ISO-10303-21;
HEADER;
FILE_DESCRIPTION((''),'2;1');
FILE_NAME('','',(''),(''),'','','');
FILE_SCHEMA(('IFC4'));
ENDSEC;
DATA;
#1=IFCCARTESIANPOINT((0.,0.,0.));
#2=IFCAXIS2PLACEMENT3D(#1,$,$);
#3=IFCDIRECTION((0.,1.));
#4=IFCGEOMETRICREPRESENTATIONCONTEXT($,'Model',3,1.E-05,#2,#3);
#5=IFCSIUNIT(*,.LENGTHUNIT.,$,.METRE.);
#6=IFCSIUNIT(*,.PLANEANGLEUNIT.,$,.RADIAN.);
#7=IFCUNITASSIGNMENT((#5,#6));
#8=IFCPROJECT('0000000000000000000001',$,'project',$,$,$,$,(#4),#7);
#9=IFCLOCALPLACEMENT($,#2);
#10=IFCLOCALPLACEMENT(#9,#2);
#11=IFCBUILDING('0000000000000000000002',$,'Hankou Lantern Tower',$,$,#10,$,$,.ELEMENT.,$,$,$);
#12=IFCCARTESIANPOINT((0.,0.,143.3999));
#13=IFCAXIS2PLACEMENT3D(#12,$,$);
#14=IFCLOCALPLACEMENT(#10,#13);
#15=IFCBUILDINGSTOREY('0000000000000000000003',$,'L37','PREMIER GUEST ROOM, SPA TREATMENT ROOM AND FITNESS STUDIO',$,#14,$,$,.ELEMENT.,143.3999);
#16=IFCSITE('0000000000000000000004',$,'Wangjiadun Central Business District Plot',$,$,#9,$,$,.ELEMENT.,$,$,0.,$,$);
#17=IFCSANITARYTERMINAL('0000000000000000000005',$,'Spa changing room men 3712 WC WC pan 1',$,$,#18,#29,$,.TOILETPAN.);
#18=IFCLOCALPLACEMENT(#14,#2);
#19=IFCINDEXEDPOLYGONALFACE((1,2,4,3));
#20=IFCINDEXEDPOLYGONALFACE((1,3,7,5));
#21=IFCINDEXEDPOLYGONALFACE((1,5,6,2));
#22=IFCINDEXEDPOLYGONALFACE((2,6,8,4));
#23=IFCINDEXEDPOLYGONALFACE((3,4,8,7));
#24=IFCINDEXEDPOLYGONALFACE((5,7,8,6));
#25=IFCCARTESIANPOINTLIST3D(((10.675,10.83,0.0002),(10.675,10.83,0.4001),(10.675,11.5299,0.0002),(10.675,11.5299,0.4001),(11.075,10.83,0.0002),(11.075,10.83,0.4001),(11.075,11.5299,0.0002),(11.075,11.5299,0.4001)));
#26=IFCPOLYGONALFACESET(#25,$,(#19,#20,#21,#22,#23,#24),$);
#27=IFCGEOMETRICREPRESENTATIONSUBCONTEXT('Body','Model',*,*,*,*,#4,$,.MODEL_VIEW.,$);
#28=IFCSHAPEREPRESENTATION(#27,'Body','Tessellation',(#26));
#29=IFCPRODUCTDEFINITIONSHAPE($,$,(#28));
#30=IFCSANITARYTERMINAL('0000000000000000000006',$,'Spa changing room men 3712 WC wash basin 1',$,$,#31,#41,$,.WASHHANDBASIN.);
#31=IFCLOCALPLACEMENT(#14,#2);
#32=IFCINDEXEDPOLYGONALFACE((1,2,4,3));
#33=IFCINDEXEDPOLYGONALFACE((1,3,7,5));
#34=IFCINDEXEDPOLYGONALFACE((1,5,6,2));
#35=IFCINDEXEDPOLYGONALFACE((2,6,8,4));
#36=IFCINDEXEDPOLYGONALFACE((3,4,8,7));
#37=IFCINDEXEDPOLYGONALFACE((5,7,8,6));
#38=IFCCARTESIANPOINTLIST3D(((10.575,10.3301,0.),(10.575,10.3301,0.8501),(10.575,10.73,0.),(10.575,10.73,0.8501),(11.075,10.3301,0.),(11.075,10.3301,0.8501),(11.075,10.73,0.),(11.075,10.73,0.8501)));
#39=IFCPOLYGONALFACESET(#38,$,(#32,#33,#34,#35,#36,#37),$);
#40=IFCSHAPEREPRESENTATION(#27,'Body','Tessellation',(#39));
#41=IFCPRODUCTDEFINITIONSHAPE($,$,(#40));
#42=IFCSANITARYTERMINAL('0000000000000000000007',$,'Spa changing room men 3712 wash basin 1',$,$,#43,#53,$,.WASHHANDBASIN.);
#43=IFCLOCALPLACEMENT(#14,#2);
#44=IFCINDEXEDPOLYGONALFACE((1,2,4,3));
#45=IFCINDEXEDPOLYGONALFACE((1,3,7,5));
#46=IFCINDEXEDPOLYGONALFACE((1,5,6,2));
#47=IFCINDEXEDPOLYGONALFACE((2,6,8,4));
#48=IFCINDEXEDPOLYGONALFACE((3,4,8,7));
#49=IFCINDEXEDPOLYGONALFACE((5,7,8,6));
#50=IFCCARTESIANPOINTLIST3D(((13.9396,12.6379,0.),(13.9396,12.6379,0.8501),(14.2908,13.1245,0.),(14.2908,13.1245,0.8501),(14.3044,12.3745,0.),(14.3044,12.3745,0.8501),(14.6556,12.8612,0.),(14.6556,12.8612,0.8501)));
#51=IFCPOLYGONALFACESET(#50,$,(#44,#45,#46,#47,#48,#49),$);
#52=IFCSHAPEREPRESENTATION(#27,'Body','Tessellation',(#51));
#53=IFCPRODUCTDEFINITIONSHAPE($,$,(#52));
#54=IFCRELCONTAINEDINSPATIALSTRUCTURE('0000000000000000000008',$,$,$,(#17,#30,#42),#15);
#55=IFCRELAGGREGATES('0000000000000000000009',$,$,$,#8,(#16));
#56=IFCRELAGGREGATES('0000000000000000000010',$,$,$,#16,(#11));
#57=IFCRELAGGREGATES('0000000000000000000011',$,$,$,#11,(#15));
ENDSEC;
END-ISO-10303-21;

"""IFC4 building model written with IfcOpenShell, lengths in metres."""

from ifc_helpers import new_model, si_unit, direction, frame, origin, origin_2d, place, context, subcontext, project, spatial, rectangle, extrude, element, save


model = new_model("IFC4")

# Units and contexts
model_context = context("Model", 3, precision=1e-05, world=origin(), true_north=direction((0.0, 1.0)))
body_context = subcontext(model_context, "Body", "Model", "MODEL_VIEW")
ifc_project = project(units=[si_unit("LENGTHUNIT", "METRE"), si_unit("PLANEANGLEUNIT", "RADIAN")], contexts=[model_context])

# Site, building, storey
site_placement = place(None, origin())
site = spatial("IfcSite", under=ifc_project, at=site_placement, Name="Wangjiadun Central Business District Plot", CompositionType="ELEMENT", RefElevation=0.0)
building_placement = place(site_placement, origin())
building = spatial("IfcBuilding", under=site, at=building_placement, Name="Hankou Lantern Tower", CompositionType="ELEMENT")
storey_placement = place(building_placement, frame((0.0, 0.0, 143.3999)))
storey = spatial("IfcBuildingStorey", under=building, at=storey_placement, Name="L37", Description="PREMIER GUEST ROOM, SPA TREATMENT ROOM AND FITNESS STUDIO", CompositionType="ELEMENT", Elevation=143.3999)

# Sanitary terminals
sanitary_terminal_1_placement = place(storey_placement, frame((10.875, 11.1799, 0.0002), z_axis=(0.0, 0.0, 1.0), x_axis=(0.0, -1.0, 0.0)))
element("IfcSanitaryTerminal", 1, at=sanitary_terminal_1_placement, inside=storey, Name="Spa changing room men 3712 WC WC pan 1", PredefinedType="TOILETPAN", context=body_context, shape_type="SweptSolid", body=[
    extrude(rectangle(XDim=0.7, YDim=0.3999, at=origin_2d()), origin(), (0.0, 0.0, 1.0), 0.3999),
])
sanitary_terminal_2_placement = place(storey_placement, frame((10.825, 10.53, 0.0), z_axis=(0.0, 0.0, 1.0), x_axis=(0.0, -1.0, 0.0)))
element("IfcSanitaryTerminal", 2, at=sanitary_terminal_2_placement, inside=storey, Name="Spa changing room men 3712 WC wash basin 1", PredefinedType="WASHHANDBASIN", context=body_context, shape_type="SweptSolid", body=[
    extrude(rectangle(XDim=0.3999, YDim=0.5, at=origin_2d()), origin(), (0.0, 0.0, 1.0), 0.8501),
])
sanitary_terminal_3_placement = place(storey_placement, frame((14.2976, 12.7495, 0.0), z_axis=(0.0, 0.0, 1.0), x_axis=(0.585205, 0.810885, 0.0)))
element("IfcSanitaryTerminal", 3, at=sanitary_terminal_3_placement, inside=storey, Name="Spa changing room men 3712 wash basin 1", PredefinedType="WASHHANDBASIN", context=body_context, shape_type="SweptSolid", body=[
    extrude(rectangle(XDim=0.6001, YDim=0.45, at=origin_2d()), origin(), (0.0, 0.0, 1.0), 0.8501),
])

save(model, "model.ifc")
